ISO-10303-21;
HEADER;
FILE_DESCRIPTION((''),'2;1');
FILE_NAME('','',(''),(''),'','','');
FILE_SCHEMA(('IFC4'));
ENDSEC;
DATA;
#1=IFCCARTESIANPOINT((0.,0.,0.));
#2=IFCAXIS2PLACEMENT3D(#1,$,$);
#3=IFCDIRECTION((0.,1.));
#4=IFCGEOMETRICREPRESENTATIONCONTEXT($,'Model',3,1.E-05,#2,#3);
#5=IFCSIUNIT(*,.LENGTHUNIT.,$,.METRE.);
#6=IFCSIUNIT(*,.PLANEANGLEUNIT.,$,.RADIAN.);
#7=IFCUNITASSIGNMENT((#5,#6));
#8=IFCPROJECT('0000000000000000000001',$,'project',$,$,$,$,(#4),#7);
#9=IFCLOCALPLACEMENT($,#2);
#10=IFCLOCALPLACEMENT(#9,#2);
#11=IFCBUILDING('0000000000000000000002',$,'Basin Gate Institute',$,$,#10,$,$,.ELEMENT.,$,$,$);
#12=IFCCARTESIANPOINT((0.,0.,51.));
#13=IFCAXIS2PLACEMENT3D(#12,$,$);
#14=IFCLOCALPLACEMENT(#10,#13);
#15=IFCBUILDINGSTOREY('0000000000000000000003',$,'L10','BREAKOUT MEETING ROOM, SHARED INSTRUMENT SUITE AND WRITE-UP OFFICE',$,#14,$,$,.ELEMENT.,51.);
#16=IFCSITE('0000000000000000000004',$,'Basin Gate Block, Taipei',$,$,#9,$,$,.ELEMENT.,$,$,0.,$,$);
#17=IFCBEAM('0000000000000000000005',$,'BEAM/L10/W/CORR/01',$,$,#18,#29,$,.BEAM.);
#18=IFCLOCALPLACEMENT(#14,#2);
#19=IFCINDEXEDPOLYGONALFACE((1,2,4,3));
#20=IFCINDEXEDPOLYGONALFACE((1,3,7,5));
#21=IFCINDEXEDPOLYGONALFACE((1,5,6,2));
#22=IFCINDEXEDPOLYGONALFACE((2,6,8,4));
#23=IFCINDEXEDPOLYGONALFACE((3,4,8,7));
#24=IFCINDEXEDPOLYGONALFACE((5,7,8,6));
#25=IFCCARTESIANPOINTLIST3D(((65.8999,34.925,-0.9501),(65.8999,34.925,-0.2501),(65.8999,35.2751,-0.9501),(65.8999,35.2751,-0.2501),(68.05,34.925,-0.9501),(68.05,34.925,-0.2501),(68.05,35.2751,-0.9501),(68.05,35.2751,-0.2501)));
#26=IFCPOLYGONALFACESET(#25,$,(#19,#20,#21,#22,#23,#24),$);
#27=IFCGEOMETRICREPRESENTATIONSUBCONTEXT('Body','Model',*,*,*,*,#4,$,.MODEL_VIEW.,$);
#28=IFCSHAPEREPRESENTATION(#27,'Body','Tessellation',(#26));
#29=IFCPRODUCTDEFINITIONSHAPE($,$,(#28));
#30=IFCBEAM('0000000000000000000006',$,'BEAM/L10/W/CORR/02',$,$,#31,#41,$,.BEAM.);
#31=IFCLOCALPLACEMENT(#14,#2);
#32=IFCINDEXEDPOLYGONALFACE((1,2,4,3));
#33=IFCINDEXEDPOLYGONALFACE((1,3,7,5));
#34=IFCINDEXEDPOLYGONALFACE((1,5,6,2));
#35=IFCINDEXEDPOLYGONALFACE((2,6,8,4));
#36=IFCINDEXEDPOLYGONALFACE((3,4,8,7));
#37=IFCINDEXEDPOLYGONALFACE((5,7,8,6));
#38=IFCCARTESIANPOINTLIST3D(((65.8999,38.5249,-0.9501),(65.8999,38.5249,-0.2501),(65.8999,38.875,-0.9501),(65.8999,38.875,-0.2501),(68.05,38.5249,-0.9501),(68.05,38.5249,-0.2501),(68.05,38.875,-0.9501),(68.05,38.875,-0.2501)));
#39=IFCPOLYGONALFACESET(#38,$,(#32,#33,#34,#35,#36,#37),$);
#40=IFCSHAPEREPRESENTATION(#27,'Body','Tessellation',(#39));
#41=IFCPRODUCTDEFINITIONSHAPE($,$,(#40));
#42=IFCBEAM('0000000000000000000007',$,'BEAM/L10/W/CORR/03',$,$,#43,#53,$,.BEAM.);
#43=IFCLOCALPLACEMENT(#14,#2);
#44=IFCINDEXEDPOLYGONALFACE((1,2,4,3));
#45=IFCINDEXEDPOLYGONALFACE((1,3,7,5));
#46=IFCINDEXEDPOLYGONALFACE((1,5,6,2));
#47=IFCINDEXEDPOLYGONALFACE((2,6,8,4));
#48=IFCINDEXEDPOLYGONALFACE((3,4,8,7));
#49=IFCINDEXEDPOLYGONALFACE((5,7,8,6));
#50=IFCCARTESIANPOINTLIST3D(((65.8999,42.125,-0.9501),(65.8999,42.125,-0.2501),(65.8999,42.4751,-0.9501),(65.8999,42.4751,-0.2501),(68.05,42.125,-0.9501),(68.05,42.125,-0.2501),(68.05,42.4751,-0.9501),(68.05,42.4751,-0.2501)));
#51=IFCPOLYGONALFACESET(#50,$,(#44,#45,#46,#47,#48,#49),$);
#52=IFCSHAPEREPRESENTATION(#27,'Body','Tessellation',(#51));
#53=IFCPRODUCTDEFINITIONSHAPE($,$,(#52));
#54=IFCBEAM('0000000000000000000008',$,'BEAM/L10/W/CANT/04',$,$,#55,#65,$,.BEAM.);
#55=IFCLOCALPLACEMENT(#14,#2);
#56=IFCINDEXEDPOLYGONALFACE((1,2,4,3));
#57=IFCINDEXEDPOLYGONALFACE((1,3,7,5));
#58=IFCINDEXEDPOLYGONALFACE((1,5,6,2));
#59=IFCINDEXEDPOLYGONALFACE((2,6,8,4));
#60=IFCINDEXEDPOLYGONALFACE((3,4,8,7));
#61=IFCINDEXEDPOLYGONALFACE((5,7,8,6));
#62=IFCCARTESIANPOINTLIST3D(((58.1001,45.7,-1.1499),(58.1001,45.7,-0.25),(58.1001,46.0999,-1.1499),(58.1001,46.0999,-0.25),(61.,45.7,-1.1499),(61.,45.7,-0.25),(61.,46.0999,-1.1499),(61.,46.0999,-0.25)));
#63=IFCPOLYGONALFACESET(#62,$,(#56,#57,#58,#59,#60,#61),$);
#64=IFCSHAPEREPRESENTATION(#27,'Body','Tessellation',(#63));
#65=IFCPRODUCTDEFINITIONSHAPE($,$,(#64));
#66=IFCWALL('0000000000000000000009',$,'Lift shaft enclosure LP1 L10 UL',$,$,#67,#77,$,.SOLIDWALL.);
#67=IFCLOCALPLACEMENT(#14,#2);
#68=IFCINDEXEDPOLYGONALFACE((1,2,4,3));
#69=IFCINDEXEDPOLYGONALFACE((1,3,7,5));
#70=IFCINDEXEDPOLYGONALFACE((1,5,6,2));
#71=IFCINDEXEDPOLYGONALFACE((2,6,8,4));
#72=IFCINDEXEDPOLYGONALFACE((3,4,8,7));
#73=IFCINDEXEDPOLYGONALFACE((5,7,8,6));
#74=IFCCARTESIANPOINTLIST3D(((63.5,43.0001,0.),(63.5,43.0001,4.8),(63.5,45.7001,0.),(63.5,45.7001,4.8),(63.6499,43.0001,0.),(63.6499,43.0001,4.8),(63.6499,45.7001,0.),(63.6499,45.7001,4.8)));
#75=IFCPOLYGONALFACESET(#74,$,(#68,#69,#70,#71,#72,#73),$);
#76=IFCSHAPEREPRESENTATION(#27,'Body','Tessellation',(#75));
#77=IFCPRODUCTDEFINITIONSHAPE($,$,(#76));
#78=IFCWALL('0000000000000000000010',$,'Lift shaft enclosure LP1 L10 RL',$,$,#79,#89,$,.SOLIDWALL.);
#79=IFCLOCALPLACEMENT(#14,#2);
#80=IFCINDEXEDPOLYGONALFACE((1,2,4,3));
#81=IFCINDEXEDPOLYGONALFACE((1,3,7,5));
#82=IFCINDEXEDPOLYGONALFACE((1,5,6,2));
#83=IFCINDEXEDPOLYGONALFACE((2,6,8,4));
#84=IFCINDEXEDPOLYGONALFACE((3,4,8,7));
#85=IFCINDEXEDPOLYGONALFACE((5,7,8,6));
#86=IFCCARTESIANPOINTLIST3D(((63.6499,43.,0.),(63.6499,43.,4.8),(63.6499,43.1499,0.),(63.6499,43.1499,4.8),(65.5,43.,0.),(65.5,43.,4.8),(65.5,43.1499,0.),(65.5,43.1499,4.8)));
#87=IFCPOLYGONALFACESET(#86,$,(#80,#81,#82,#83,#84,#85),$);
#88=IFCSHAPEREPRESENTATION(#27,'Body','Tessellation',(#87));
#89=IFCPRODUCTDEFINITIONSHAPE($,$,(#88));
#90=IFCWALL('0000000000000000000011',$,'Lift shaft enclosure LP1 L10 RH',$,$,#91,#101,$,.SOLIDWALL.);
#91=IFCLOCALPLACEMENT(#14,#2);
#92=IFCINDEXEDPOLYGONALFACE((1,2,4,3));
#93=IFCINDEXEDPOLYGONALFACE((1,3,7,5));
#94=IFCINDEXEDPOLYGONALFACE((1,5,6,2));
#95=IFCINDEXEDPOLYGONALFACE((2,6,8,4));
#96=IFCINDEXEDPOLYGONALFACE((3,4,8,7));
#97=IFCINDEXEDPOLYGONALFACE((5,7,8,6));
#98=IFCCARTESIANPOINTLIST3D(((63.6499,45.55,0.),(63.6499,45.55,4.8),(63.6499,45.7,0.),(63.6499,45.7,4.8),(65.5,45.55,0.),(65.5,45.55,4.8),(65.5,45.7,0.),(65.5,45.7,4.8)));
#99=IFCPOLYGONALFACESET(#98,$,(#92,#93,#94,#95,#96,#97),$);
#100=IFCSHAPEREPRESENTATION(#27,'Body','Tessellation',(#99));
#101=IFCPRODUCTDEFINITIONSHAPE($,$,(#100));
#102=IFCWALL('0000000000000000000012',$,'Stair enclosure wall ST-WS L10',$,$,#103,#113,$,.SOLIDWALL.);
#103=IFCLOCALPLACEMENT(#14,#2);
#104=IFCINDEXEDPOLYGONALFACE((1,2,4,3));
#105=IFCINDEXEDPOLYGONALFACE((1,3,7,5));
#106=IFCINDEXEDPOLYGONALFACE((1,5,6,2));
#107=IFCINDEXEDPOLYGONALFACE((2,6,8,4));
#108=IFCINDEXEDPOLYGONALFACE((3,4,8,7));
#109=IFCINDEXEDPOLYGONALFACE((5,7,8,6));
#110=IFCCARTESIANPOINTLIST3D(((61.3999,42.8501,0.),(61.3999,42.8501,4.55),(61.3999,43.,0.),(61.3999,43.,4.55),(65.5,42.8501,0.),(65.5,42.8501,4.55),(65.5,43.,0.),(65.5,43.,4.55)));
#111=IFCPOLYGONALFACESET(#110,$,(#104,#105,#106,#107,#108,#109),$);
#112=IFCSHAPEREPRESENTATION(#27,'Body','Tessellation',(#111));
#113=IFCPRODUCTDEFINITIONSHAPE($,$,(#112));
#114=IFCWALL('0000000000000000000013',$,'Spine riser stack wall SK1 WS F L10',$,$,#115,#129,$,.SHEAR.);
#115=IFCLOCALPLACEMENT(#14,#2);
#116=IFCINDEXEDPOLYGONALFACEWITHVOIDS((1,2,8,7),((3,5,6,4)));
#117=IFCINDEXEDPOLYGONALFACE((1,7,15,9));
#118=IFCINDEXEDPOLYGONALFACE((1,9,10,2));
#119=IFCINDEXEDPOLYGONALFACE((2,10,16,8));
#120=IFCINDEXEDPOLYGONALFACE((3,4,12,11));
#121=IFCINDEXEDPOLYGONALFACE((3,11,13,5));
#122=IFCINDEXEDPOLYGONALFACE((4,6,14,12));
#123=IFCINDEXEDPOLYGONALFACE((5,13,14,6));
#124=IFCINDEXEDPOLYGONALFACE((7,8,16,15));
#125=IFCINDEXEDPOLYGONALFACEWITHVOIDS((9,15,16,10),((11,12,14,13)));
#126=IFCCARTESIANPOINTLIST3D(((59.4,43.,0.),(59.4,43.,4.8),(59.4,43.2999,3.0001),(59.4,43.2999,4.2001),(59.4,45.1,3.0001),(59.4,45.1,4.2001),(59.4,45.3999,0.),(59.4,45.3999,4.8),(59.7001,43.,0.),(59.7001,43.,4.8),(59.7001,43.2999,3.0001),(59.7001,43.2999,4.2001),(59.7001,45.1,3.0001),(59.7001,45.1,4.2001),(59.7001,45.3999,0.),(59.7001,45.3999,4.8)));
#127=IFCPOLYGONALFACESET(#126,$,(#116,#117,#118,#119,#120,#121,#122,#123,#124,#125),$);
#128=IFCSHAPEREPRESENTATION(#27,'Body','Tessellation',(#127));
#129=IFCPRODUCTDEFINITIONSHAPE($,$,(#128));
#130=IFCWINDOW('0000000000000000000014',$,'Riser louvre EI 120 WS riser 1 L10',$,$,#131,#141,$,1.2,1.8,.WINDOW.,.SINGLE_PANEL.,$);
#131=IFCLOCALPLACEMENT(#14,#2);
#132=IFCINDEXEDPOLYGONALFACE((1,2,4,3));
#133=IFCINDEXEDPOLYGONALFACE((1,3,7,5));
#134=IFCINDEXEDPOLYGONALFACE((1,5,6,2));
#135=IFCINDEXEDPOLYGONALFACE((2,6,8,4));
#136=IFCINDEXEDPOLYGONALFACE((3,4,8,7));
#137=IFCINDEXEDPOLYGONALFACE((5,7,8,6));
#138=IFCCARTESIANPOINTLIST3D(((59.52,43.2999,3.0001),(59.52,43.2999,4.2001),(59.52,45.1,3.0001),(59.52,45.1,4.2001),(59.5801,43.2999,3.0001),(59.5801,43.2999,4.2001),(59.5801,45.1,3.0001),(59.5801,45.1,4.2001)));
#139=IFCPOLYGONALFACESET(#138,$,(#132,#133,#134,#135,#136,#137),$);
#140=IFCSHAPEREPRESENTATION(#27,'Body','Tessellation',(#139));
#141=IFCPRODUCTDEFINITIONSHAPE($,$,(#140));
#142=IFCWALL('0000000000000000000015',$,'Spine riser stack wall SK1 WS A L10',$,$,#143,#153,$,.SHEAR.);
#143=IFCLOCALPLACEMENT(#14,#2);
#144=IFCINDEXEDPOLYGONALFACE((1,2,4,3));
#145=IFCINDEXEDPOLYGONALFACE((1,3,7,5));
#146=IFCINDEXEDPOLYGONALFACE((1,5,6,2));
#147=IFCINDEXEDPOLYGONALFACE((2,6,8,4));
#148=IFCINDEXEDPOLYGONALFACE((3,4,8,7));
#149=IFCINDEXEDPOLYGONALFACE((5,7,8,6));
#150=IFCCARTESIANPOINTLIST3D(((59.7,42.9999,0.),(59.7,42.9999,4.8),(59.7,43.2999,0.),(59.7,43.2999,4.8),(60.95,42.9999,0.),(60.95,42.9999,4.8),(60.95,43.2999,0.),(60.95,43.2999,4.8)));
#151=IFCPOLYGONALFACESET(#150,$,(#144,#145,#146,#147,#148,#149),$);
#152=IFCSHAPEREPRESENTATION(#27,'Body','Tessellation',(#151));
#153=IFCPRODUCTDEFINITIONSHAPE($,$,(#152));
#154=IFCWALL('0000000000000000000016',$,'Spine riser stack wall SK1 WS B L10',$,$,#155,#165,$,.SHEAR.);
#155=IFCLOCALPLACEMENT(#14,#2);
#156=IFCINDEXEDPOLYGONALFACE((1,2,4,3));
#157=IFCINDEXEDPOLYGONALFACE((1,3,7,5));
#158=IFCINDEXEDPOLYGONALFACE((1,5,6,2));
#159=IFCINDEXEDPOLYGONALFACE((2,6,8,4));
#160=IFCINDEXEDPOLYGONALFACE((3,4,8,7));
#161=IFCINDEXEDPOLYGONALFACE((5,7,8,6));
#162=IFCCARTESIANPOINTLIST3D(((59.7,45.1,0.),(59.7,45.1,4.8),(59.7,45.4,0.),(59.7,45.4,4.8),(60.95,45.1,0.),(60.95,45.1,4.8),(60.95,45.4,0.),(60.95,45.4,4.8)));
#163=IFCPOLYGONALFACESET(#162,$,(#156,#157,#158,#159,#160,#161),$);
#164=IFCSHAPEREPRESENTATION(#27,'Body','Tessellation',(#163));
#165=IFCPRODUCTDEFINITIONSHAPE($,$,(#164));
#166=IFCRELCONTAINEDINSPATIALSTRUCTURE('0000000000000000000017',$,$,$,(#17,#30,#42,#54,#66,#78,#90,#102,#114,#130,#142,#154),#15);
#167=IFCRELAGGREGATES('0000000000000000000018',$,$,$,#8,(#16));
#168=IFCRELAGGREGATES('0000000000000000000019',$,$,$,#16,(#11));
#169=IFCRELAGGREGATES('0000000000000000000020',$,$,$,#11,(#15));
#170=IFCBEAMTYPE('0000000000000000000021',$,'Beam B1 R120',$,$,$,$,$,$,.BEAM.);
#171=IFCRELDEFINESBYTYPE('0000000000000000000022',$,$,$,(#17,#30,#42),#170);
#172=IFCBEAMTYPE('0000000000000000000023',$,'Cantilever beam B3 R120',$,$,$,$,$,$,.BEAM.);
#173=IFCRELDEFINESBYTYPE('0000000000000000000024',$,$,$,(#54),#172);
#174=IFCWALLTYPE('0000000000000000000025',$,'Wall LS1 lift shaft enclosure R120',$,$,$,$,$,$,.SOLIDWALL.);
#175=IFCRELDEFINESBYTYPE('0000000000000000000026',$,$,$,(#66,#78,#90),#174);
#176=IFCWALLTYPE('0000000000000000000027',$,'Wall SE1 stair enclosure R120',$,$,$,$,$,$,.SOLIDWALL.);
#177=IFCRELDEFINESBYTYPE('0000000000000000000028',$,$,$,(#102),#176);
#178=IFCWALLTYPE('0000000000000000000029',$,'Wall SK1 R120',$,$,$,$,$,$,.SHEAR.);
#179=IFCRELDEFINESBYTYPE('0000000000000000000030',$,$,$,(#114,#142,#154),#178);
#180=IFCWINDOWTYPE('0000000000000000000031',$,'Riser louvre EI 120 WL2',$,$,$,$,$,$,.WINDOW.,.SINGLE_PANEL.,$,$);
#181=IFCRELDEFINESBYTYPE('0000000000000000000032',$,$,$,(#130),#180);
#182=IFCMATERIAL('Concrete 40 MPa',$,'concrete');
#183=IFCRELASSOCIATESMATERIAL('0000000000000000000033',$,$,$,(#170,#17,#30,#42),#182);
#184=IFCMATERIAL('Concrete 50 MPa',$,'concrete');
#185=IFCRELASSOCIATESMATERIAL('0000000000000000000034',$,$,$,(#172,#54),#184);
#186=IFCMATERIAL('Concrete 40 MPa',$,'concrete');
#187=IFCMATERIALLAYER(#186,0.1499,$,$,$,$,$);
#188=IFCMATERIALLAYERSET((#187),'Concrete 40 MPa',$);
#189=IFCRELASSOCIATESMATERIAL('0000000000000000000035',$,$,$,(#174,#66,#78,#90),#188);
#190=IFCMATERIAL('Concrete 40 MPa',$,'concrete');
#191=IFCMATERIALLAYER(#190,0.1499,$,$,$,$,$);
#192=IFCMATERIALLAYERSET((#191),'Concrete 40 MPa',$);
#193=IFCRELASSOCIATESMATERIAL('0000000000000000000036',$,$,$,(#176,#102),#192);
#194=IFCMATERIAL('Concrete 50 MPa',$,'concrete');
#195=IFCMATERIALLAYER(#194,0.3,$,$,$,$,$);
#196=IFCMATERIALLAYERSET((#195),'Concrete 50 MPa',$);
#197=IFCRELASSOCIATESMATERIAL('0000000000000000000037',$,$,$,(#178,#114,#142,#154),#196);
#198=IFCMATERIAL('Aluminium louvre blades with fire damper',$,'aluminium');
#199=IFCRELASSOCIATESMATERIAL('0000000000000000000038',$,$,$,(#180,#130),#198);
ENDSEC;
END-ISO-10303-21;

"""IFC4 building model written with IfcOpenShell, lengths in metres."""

from ifc_helpers import new_model, si_unit, direction, frame, frame_2d, origin, origin_2d, place, context, subcontext, project, spatial, rectangle, extrude, material, layer, layer_set, material_profile, profile_set, type_object, element, fill, save


model = new_model("IFC4")

# Units and contexts
model_context = context("Model", 3, precision=1e-05, world=origin(), true_north=direction((0.0, 1.0)))
body_context = subcontext(model_context, "Body", "Model", "MODEL_VIEW")
ifc_project = project(units=[si_unit("LENGTHUNIT", "METRE"), si_unit("PLANEANGLEUNIT", "RADIAN")], contexts=[model_context])

# Site, building, storey
site_placement = place(None, origin())
site = spatial("IfcSite", under=ifc_project, at=site_placement, Name="Basin Gate Block, Taipei", CompositionType="ELEMENT", RefElevation=0.0)
building_placement = place(site_placement, origin())
building = spatial("IfcBuilding", under=site, at=building_placement, Name="Basin Gate Institute", CompositionType="ELEMENT")
storey_placement = place(building_placement, frame((0.0, 0.0, 51.0)))
storey = spatial("IfcBuildingStorey", under=building, at=storey_placement, Name="L10", Description="BREAKOUT MEETING ROOM, SHARED INSTRUMENT SUITE AND WRITE-UP OFFICE", CompositionType="ELEMENT", Elevation=51.0)

# Beams
ifc_material_1 = material(Name="Concrete 40 MPa", Category="concrete")
ifc_material_profile_1 = material_profile(ifc_material_1, rectangle(XDim=0.3501, YDim=0.7, at=origin_2d()), Name="Beam B1 350 x 700")
ifc_profile_set_1 = profile_set([ifc_material_profile_1], Name="Concrete 40 MPa")
beam_type_1 = type_object("IfcBeamType", Name="Beam B1 R120", PredefinedType="BEAM", material=ifc_profile_set_1)
for number, where, z_axis, x_axis, name in (
    (1, (65.8999, 35.1001, -0.6001), (1.0, 0.0, 0.0), (0.0, 1.0, 0.0), "BEAM/L10/W/CORR/01"),
    (2, (65.8999, 38.7, -0.6001), (1.0, 0.0, 0.0), (0.0, 1.0, 0.0), "BEAM/L10/W/CORR/02"),
    (3, (65.8999, 42.3, -0.6001), (1.0, 0.0, 0.0), (0.0, 1.0, 0.0), "BEAM/L10/W/CORR/03"),
):
    element("IfcBeam", number, at=place(storey_placement, frame(where, z_axis=z_axis, x_axis=x_axis)), inside=storey, type_object=beam_type_1, material=ifc_profile_set_1, Name=name, PredefinedType="BEAM", context=body_context, shape_type="SweptSolid", body=[
        extrude(rectangle(XDim=0.3501, YDim=0.7, at=origin_2d()), origin(), (0.0, 0.0, 1.0), 2.1501),
    ])
ifc_material_2 = material(Name="Concrete 50 MPa", Category="concrete")
ifc_material_profile_2 = material_profile(ifc_material_2, rectangle(XDim=0.3999, YDim=0.8999, at=origin_2d()), Name="Cantilever beam B3 400 x 900")
ifc_profile_set_2 = profile_set([ifc_material_profile_2], Name="Concrete 50 MPa")
beam_type_2 = type_object("IfcBeamType", Name="Cantilever beam B3 R120", PredefinedType="BEAM", material=ifc_profile_set_2)
beam_placement = place(storey_placement, frame((58.1001, 45.8999, -0.7), z_axis=(1.0, 0.0, 0.0), x_axis=(0.0, 1.0, 0.0)))
element("IfcBeam", 4, at=beam_placement, inside=storey, type_object=beam_type_2, material=ifc_profile_set_2, Name="BEAM/L10/W/CANT/04", PredefinedType="BEAM", context=body_context, shape_type="SweptSolid", body=[
    extrude(rectangle(XDim=0.3999, YDim=0.8999, at=origin_2d()), origin(), (0.0, 0.0, 1.0), 2.8999),
])

# Walls
ifc_material_3 = material(Name="Concrete 40 MPa", Category="concrete")
ifc_layer_1 = layer(ifc_material_3, 0.1499)
ifc_layer_set_1 = layer_set([ifc_layer_1], Name="Concrete 40 MPa")
wall_type_1 = type_object("IfcWallType", Name="Wall LS1 lift shaft enclosure R120", PredefinedType="SOLIDWALL", material=ifc_layer_set_1)
wall_1_placement = place(storey_placement, frame((63.575, 43.0, 0.0), z_axis=(0.0, 0.0, 1.0), x_axis=(0.0, 1.0, 0.0)))
element("IfcWall", 5, at=wall_1_placement, inside=storey, type_object=wall_type_1, material=ifc_layer_set_1, Name="Lift shaft enclosure LP1 L10 UL", PredefinedType="SOLIDWALL", context=body_context, shape_type="SweptSolid", body=[
    extrude(rectangle(XDim=2.7, YDim=0.1499, at=frame_2d((1.3501, 0.0))), origin(), (0.0, 0.0, 1.0), 4.8),
])
for number, where, z_axis, x_axis, name in (
    (6, (63.6499, 43.075, 0.0), (0.0, 0.0, 1.0), (1.0, 0.0, 0.0), "Lift shaft enclosure LP1 L10 RL"),
    (7, (63.6499, 45.625, 0.0), (0.0, 0.0, 1.0), (1.0, 0.0, 0.0), "Lift shaft enclosure LP1 L10 RH"),
):
    element("IfcWall", number, at=place(storey_placement, frame(where, z_axis=z_axis, x_axis=x_axis)), inside=storey, type_object=wall_type_1, material=ifc_layer_set_1, Name=name, PredefinedType="SOLIDWALL", context=body_context, shape_type="SweptSolid", body=[
        extrude(rectangle(XDim=1.8501, YDim=0.1499, at=frame_2d((0.925, 0.0))), origin(), (0.0, 0.0, 1.0), 4.8),
    ])
ifc_material_4 = material(Name="Concrete 40 MPa", Category="concrete")
ifc_layer_2 = layer(ifc_material_4, 0.1499)
ifc_layer_set_2 = layer_set([ifc_layer_2], Name="Concrete 40 MPa")
wall_type_2 = type_object("IfcWallType", Name="Wall SE1 stair enclosure R120", PredefinedType="SOLIDWALL", material=ifc_layer_set_2)
wall_2_placement = place(storey_placement, frame((61.3999, 42.925, 0.0), z_axis=(0.0, 0.0, 1.0), x_axis=(1.0, 0.0, 0.0)))
element("IfcWall", 8, at=wall_2_placement, inside=storey, type_object=wall_type_2, material=ifc_layer_set_2, Name="Stair enclosure wall ST-WS L10", PredefinedType="SOLIDWALL", context=body_context, shape_type="SweptSolid", body=[
    extrude(rectangle(XDim=4.1001, YDim=0.1499, at=frame_2d((2.05, 0.0))), origin(), (0.0, 0.0, 1.0), 4.55),
])

# Wall, opening, window
ifc_material_5 = material(Name="Concrete 50 MPa", Category="concrete")
ifc_layer_3 = layer(ifc_material_5, 0.3)
ifc_layer_set_3 = layer_set([ifc_layer_3], Name="Concrete 50 MPa")
wall_type_3 = type_object("IfcWallType", Name="Wall SK1 R120", PredefinedType="SHEAR", material=ifc_layer_set_3)
wall_3_placement = place(storey_placement, frame((59.55, 43.0, 0.0), z_axis=(0.0, 0.0, 1.0), x_axis=(0.0, 1.0, 0.0)))
wall_3 = element("IfcWall", 9, at=wall_3_placement, inside=storey, type_object=wall_type_3, material=ifc_layer_set_3, Name="Spine riser stack wall SK1 WS F L10", PredefinedType="SHEAR", context=body_context, shape_type="SweptSolid", body=[
    extrude(rectangle(XDim=2.3999, YDim=0.3, at=frame_2d((1.2, 0.0))), origin(), (0.0, 0.0, 1.0), 4.8),
])
opening_1_placement = place(wall_3_placement, frame((0.3, 0.0, 3.0)))
opening_1 = element("IfcOpeningElement", 10, at=opening_1_placement, cuts=wall_3, PredefinedType="OPENING", context=body_context, shape_type="SweptSolid", body=[
    extrude(rectangle(XDim=1.8, YDim=1.2, at=frame_2d((0.8999, 0.6001))), frame((0.0, 0.1602, 0.0), z_axis=(0.0, -1.0, 0.0), x_axis=(1.0, 0.0, 0.0)), (0.0, 0.0, 1.0), 0.3201),
])
ifc_material_6 = material(Name="Aluminium louvre blades with fire damper", Category="aluminium")
window_type_1 = type_object("IfcWindowType", Name="Riser louvre EI 120 WL2", PartitioningType="SINGLE_PANEL", PredefinedType="WINDOW", material=ifc_material_6)
window_1_placement = place(opening_1_placement, origin())
window_1 = element("IfcWindow", 11, at=window_1_placement, inside=storey, type_object=window_type_1, material=ifc_material_6, Name="Riser louvre EI 120 WS riser 1 L10", OverallHeight=1.2, OverallWidth=1.8, PartitioningType="SINGLE_PANEL", PredefinedType="WINDOW", context=body_context, shape_type="SweptSolid", body=[
    extrude(rectangle(XDim=1.8, YDim=1.2, at=frame_2d((0.8999, 0.6001))), frame((0.0, 0.03, 0.0), z_axis=(0.0, -1.0, 0.0), x_axis=(1.0, 0.0, 0.0)), (0.0, 0.0, 1.0), 0.0601),
])
fill(opening_1, window_1)

# Walls
for number, where, z_axis, x_axis, name in (
    (12, (60.95, 43.1499, 0.0), (0.0, 0.0, 1.0), (-1.0, 0.0, 0.0), "Spine riser stack wall SK1 WS A L10"),
    (13, (60.95, 45.25, 0.0), (0.0, 0.0, 1.0), (-1.0, 0.0, 0.0), "Spine riser stack wall SK1 WS B L10"),
):
    element("IfcWall", number, at=place(storey_placement, frame(where, z_axis=z_axis, x_axis=x_axis)), inside=storey, type_object=wall_type_3, material=ifc_layer_set_3, Name=name, PredefinedType="SHEAR", context=body_context, shape_type="SweptSolid", body=[
        extrude(rectangle(XDim=1.25, YDim=0.3, at=frame_2d((0.625, 0.0))), origin(), (0.0, 0.0, 1.0), 4.8),
    ])

save(model, "model.ifc")
